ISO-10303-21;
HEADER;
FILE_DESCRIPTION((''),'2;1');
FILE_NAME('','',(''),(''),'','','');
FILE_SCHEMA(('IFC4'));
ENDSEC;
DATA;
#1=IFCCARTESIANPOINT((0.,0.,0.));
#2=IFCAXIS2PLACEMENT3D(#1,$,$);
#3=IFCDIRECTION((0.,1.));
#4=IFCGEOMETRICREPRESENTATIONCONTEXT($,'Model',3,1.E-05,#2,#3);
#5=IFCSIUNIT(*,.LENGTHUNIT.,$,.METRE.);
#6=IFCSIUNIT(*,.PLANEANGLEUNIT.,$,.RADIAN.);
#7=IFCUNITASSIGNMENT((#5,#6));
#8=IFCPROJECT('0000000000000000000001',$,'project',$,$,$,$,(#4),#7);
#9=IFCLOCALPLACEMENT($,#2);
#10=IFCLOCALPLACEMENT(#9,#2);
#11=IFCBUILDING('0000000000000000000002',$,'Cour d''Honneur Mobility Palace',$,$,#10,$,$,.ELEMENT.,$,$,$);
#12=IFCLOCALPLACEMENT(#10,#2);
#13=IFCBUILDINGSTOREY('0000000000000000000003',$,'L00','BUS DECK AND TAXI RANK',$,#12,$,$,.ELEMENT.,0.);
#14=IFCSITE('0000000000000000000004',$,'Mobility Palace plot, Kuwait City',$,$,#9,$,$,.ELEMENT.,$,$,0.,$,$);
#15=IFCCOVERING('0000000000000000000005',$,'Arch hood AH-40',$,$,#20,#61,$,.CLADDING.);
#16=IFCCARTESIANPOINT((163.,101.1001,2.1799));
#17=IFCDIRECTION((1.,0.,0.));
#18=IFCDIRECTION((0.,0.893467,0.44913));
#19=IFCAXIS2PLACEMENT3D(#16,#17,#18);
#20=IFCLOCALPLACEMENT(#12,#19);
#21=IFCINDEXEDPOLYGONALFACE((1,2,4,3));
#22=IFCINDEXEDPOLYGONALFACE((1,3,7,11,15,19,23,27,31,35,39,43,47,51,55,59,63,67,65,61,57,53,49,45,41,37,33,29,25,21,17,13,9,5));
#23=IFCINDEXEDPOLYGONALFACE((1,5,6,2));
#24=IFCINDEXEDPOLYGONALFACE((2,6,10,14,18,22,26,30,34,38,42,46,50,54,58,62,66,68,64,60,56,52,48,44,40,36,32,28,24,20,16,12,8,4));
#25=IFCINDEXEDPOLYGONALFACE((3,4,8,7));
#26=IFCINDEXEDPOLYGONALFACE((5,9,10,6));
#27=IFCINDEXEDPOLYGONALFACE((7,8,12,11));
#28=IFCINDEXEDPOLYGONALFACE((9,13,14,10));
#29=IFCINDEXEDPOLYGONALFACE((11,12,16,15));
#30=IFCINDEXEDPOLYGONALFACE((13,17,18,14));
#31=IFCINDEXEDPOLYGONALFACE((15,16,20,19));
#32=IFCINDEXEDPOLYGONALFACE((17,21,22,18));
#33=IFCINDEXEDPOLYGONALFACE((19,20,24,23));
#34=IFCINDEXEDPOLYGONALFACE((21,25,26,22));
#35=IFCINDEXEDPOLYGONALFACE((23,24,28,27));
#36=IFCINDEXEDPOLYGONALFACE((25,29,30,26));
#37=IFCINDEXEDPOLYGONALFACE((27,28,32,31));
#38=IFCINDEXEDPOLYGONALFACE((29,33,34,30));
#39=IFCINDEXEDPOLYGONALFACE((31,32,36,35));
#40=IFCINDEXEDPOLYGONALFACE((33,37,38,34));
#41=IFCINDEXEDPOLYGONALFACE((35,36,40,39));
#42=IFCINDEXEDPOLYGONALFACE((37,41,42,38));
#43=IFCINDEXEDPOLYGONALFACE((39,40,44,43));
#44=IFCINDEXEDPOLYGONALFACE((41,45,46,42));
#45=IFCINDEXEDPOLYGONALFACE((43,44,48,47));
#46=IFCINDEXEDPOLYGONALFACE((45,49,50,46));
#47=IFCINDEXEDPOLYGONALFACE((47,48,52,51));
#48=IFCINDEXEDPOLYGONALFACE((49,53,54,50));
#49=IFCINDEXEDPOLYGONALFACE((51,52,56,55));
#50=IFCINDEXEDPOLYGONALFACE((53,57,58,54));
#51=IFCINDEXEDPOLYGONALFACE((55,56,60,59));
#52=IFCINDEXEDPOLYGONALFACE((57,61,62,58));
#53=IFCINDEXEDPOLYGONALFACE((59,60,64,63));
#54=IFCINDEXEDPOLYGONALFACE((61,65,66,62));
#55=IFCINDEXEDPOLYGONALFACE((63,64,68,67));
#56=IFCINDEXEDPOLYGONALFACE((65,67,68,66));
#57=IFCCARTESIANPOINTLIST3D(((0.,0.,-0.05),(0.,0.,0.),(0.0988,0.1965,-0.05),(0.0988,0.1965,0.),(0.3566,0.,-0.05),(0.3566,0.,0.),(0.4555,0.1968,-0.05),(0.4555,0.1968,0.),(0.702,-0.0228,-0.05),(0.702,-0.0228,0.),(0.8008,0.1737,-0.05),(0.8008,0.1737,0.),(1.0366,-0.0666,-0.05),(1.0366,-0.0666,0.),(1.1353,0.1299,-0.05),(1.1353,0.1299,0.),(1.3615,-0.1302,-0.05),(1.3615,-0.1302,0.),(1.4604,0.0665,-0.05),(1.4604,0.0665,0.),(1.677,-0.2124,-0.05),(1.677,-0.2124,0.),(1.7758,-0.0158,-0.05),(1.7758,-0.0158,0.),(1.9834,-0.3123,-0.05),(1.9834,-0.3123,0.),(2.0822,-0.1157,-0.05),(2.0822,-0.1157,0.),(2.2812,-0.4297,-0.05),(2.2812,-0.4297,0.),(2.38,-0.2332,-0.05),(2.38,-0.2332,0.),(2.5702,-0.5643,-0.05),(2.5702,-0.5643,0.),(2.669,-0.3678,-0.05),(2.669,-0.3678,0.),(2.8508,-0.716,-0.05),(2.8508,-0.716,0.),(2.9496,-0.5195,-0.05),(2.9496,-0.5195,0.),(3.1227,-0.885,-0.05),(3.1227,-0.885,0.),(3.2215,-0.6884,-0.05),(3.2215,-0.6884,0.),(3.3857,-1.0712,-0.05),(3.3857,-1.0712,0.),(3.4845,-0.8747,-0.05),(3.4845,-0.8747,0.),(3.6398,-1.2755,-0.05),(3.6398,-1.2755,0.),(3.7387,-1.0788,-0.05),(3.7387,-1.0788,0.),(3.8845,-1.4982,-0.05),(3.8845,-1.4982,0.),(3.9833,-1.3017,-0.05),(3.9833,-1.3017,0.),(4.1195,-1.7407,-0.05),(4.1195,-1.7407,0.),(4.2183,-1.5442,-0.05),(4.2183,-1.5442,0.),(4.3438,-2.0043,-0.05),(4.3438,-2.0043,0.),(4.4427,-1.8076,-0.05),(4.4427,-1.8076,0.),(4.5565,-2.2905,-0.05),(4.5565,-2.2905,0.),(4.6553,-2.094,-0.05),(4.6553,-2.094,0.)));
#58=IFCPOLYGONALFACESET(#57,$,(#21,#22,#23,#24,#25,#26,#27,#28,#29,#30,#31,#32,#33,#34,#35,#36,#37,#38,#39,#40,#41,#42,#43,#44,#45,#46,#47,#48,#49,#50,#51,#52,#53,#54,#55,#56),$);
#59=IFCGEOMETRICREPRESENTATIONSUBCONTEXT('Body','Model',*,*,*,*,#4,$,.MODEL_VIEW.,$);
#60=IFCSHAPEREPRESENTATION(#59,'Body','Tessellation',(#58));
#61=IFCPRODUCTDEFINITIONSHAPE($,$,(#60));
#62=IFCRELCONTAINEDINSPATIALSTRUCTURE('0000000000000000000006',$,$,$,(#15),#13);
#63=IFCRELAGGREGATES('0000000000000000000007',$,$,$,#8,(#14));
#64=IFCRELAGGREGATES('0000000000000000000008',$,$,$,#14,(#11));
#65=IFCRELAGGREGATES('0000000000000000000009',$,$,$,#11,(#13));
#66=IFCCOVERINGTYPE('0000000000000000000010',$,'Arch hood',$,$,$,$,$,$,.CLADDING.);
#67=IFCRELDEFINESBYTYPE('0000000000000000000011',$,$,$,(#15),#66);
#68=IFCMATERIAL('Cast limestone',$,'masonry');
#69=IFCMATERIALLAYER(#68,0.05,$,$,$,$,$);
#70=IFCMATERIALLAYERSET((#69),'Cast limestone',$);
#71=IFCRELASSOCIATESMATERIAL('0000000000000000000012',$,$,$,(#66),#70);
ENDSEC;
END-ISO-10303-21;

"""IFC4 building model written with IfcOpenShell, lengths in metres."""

from ifc_helpers import new_model, si_unit, direction, frame, origin, place, context, subcontext, project, spatial, polyline, outline, extrude, material, layer, layer_set, type_object, element, save


model = new_model("IFC4")

# Units and contexts
model_context = context("Model", 3, precision=1e-05, world=origin(), true_north=direction((0.0, 1.0)))
body_context = subcontext(model_context, "Body", "Model", "MODEL_VIEW")
ifc_project = project(units=[si_unit("LENGTHUNIT", "METRE"), si_unit("PLANEANGLEUNIT", "RADIAN")], contexts=[model_context])

# Site, building, storey
site_placement = place(None, origin())
site = spatial("IfcSite", under=ifc_project, at=site_placement, Name="Mobility Palace plot, Kuwait City", CompositionType="ELEMENT", RefElevation=0.0)
building_placement = place(site_placement, origin())
building = spatial("IfcBuilding", under=site, at=building_placement, Name="Cour d'Honneur Mobility Palace", CompositionType="ELEMENT")
storey_placement = place(building_placement, origin())
storey = spatial("IfcBuildingStorey", under=building, at=storey_placement, Name="L00", Description="BUS DECK AND TAXI RANK", CompositionType="ELEMENT", Elevation=0.0)

# Covering
ifc_material_1 = material(Name="Cast limestone", Category="masonry")
ifc_layer_1 = layer(ifc_material_1, 0.05)
ifc_layer_set_1 = layer_set([ifc_layer_1], Name="Cast limestone")
covering_type_1 = type_object("IfcCoveringType", Name="Arch hood", PredefinedType="CLADDING", material=ifc_layer_set_1)
covering_placement = place(storey_placement, frame((163.0, 101.1001, 2.1799), z_axis=(1.0, 0.0, 0.0), x_axis=(0.0, 0.893467, 0.44913)))
element("IfcCovering", 1, at=covering_placement, inside=storey, type_object=covering_type_1, Name="Arch hood AH-40", PredefinedType="CLADDING", context=body_context, shape_type="SweptSolid", body=[
    extrude(outline(polyline([(0.0, 0.0), (0.3566, 0.0), (0.702, -0.0228), (1.0366, -0.0666), (1.3615, -0.1302), (1.677, -0.2124), (1.9834, -0.3123), (2.2812, -0.4297), (2.5702, -0.5643), (2.8508, -0.716), (3.1227, -0.885), (3.3857, -1.0712), (3.6398, -1.2755), (3.8845, -1.4982), (4.1195, -1.7407), (4.3438, -2.0043), (4.5565, -2.2905), (4.6553, -2.094), (4.4427, -1.8076), (4.2183, -1.5442), (3.9833, -1.3017), (3.7387, -1.0788), (3.4845, -0.8747), (3.2215, -0.6884), (2.9496, -0.5195), (2.669, -0.3678), (2.38, -0.2332), (2.0822, -0.1157), (1.7758, -0.0158), (1.4604, 0.0665), (1.1353, 0.1299), (0.8008, 0.1737), (0.4555, 0.1968), (0.0988, 0.1965), (0.0, 0.0)])), origin(), (0.0, 0.0, -1.0), 0.05),
])

save(model, "model.ifc")
